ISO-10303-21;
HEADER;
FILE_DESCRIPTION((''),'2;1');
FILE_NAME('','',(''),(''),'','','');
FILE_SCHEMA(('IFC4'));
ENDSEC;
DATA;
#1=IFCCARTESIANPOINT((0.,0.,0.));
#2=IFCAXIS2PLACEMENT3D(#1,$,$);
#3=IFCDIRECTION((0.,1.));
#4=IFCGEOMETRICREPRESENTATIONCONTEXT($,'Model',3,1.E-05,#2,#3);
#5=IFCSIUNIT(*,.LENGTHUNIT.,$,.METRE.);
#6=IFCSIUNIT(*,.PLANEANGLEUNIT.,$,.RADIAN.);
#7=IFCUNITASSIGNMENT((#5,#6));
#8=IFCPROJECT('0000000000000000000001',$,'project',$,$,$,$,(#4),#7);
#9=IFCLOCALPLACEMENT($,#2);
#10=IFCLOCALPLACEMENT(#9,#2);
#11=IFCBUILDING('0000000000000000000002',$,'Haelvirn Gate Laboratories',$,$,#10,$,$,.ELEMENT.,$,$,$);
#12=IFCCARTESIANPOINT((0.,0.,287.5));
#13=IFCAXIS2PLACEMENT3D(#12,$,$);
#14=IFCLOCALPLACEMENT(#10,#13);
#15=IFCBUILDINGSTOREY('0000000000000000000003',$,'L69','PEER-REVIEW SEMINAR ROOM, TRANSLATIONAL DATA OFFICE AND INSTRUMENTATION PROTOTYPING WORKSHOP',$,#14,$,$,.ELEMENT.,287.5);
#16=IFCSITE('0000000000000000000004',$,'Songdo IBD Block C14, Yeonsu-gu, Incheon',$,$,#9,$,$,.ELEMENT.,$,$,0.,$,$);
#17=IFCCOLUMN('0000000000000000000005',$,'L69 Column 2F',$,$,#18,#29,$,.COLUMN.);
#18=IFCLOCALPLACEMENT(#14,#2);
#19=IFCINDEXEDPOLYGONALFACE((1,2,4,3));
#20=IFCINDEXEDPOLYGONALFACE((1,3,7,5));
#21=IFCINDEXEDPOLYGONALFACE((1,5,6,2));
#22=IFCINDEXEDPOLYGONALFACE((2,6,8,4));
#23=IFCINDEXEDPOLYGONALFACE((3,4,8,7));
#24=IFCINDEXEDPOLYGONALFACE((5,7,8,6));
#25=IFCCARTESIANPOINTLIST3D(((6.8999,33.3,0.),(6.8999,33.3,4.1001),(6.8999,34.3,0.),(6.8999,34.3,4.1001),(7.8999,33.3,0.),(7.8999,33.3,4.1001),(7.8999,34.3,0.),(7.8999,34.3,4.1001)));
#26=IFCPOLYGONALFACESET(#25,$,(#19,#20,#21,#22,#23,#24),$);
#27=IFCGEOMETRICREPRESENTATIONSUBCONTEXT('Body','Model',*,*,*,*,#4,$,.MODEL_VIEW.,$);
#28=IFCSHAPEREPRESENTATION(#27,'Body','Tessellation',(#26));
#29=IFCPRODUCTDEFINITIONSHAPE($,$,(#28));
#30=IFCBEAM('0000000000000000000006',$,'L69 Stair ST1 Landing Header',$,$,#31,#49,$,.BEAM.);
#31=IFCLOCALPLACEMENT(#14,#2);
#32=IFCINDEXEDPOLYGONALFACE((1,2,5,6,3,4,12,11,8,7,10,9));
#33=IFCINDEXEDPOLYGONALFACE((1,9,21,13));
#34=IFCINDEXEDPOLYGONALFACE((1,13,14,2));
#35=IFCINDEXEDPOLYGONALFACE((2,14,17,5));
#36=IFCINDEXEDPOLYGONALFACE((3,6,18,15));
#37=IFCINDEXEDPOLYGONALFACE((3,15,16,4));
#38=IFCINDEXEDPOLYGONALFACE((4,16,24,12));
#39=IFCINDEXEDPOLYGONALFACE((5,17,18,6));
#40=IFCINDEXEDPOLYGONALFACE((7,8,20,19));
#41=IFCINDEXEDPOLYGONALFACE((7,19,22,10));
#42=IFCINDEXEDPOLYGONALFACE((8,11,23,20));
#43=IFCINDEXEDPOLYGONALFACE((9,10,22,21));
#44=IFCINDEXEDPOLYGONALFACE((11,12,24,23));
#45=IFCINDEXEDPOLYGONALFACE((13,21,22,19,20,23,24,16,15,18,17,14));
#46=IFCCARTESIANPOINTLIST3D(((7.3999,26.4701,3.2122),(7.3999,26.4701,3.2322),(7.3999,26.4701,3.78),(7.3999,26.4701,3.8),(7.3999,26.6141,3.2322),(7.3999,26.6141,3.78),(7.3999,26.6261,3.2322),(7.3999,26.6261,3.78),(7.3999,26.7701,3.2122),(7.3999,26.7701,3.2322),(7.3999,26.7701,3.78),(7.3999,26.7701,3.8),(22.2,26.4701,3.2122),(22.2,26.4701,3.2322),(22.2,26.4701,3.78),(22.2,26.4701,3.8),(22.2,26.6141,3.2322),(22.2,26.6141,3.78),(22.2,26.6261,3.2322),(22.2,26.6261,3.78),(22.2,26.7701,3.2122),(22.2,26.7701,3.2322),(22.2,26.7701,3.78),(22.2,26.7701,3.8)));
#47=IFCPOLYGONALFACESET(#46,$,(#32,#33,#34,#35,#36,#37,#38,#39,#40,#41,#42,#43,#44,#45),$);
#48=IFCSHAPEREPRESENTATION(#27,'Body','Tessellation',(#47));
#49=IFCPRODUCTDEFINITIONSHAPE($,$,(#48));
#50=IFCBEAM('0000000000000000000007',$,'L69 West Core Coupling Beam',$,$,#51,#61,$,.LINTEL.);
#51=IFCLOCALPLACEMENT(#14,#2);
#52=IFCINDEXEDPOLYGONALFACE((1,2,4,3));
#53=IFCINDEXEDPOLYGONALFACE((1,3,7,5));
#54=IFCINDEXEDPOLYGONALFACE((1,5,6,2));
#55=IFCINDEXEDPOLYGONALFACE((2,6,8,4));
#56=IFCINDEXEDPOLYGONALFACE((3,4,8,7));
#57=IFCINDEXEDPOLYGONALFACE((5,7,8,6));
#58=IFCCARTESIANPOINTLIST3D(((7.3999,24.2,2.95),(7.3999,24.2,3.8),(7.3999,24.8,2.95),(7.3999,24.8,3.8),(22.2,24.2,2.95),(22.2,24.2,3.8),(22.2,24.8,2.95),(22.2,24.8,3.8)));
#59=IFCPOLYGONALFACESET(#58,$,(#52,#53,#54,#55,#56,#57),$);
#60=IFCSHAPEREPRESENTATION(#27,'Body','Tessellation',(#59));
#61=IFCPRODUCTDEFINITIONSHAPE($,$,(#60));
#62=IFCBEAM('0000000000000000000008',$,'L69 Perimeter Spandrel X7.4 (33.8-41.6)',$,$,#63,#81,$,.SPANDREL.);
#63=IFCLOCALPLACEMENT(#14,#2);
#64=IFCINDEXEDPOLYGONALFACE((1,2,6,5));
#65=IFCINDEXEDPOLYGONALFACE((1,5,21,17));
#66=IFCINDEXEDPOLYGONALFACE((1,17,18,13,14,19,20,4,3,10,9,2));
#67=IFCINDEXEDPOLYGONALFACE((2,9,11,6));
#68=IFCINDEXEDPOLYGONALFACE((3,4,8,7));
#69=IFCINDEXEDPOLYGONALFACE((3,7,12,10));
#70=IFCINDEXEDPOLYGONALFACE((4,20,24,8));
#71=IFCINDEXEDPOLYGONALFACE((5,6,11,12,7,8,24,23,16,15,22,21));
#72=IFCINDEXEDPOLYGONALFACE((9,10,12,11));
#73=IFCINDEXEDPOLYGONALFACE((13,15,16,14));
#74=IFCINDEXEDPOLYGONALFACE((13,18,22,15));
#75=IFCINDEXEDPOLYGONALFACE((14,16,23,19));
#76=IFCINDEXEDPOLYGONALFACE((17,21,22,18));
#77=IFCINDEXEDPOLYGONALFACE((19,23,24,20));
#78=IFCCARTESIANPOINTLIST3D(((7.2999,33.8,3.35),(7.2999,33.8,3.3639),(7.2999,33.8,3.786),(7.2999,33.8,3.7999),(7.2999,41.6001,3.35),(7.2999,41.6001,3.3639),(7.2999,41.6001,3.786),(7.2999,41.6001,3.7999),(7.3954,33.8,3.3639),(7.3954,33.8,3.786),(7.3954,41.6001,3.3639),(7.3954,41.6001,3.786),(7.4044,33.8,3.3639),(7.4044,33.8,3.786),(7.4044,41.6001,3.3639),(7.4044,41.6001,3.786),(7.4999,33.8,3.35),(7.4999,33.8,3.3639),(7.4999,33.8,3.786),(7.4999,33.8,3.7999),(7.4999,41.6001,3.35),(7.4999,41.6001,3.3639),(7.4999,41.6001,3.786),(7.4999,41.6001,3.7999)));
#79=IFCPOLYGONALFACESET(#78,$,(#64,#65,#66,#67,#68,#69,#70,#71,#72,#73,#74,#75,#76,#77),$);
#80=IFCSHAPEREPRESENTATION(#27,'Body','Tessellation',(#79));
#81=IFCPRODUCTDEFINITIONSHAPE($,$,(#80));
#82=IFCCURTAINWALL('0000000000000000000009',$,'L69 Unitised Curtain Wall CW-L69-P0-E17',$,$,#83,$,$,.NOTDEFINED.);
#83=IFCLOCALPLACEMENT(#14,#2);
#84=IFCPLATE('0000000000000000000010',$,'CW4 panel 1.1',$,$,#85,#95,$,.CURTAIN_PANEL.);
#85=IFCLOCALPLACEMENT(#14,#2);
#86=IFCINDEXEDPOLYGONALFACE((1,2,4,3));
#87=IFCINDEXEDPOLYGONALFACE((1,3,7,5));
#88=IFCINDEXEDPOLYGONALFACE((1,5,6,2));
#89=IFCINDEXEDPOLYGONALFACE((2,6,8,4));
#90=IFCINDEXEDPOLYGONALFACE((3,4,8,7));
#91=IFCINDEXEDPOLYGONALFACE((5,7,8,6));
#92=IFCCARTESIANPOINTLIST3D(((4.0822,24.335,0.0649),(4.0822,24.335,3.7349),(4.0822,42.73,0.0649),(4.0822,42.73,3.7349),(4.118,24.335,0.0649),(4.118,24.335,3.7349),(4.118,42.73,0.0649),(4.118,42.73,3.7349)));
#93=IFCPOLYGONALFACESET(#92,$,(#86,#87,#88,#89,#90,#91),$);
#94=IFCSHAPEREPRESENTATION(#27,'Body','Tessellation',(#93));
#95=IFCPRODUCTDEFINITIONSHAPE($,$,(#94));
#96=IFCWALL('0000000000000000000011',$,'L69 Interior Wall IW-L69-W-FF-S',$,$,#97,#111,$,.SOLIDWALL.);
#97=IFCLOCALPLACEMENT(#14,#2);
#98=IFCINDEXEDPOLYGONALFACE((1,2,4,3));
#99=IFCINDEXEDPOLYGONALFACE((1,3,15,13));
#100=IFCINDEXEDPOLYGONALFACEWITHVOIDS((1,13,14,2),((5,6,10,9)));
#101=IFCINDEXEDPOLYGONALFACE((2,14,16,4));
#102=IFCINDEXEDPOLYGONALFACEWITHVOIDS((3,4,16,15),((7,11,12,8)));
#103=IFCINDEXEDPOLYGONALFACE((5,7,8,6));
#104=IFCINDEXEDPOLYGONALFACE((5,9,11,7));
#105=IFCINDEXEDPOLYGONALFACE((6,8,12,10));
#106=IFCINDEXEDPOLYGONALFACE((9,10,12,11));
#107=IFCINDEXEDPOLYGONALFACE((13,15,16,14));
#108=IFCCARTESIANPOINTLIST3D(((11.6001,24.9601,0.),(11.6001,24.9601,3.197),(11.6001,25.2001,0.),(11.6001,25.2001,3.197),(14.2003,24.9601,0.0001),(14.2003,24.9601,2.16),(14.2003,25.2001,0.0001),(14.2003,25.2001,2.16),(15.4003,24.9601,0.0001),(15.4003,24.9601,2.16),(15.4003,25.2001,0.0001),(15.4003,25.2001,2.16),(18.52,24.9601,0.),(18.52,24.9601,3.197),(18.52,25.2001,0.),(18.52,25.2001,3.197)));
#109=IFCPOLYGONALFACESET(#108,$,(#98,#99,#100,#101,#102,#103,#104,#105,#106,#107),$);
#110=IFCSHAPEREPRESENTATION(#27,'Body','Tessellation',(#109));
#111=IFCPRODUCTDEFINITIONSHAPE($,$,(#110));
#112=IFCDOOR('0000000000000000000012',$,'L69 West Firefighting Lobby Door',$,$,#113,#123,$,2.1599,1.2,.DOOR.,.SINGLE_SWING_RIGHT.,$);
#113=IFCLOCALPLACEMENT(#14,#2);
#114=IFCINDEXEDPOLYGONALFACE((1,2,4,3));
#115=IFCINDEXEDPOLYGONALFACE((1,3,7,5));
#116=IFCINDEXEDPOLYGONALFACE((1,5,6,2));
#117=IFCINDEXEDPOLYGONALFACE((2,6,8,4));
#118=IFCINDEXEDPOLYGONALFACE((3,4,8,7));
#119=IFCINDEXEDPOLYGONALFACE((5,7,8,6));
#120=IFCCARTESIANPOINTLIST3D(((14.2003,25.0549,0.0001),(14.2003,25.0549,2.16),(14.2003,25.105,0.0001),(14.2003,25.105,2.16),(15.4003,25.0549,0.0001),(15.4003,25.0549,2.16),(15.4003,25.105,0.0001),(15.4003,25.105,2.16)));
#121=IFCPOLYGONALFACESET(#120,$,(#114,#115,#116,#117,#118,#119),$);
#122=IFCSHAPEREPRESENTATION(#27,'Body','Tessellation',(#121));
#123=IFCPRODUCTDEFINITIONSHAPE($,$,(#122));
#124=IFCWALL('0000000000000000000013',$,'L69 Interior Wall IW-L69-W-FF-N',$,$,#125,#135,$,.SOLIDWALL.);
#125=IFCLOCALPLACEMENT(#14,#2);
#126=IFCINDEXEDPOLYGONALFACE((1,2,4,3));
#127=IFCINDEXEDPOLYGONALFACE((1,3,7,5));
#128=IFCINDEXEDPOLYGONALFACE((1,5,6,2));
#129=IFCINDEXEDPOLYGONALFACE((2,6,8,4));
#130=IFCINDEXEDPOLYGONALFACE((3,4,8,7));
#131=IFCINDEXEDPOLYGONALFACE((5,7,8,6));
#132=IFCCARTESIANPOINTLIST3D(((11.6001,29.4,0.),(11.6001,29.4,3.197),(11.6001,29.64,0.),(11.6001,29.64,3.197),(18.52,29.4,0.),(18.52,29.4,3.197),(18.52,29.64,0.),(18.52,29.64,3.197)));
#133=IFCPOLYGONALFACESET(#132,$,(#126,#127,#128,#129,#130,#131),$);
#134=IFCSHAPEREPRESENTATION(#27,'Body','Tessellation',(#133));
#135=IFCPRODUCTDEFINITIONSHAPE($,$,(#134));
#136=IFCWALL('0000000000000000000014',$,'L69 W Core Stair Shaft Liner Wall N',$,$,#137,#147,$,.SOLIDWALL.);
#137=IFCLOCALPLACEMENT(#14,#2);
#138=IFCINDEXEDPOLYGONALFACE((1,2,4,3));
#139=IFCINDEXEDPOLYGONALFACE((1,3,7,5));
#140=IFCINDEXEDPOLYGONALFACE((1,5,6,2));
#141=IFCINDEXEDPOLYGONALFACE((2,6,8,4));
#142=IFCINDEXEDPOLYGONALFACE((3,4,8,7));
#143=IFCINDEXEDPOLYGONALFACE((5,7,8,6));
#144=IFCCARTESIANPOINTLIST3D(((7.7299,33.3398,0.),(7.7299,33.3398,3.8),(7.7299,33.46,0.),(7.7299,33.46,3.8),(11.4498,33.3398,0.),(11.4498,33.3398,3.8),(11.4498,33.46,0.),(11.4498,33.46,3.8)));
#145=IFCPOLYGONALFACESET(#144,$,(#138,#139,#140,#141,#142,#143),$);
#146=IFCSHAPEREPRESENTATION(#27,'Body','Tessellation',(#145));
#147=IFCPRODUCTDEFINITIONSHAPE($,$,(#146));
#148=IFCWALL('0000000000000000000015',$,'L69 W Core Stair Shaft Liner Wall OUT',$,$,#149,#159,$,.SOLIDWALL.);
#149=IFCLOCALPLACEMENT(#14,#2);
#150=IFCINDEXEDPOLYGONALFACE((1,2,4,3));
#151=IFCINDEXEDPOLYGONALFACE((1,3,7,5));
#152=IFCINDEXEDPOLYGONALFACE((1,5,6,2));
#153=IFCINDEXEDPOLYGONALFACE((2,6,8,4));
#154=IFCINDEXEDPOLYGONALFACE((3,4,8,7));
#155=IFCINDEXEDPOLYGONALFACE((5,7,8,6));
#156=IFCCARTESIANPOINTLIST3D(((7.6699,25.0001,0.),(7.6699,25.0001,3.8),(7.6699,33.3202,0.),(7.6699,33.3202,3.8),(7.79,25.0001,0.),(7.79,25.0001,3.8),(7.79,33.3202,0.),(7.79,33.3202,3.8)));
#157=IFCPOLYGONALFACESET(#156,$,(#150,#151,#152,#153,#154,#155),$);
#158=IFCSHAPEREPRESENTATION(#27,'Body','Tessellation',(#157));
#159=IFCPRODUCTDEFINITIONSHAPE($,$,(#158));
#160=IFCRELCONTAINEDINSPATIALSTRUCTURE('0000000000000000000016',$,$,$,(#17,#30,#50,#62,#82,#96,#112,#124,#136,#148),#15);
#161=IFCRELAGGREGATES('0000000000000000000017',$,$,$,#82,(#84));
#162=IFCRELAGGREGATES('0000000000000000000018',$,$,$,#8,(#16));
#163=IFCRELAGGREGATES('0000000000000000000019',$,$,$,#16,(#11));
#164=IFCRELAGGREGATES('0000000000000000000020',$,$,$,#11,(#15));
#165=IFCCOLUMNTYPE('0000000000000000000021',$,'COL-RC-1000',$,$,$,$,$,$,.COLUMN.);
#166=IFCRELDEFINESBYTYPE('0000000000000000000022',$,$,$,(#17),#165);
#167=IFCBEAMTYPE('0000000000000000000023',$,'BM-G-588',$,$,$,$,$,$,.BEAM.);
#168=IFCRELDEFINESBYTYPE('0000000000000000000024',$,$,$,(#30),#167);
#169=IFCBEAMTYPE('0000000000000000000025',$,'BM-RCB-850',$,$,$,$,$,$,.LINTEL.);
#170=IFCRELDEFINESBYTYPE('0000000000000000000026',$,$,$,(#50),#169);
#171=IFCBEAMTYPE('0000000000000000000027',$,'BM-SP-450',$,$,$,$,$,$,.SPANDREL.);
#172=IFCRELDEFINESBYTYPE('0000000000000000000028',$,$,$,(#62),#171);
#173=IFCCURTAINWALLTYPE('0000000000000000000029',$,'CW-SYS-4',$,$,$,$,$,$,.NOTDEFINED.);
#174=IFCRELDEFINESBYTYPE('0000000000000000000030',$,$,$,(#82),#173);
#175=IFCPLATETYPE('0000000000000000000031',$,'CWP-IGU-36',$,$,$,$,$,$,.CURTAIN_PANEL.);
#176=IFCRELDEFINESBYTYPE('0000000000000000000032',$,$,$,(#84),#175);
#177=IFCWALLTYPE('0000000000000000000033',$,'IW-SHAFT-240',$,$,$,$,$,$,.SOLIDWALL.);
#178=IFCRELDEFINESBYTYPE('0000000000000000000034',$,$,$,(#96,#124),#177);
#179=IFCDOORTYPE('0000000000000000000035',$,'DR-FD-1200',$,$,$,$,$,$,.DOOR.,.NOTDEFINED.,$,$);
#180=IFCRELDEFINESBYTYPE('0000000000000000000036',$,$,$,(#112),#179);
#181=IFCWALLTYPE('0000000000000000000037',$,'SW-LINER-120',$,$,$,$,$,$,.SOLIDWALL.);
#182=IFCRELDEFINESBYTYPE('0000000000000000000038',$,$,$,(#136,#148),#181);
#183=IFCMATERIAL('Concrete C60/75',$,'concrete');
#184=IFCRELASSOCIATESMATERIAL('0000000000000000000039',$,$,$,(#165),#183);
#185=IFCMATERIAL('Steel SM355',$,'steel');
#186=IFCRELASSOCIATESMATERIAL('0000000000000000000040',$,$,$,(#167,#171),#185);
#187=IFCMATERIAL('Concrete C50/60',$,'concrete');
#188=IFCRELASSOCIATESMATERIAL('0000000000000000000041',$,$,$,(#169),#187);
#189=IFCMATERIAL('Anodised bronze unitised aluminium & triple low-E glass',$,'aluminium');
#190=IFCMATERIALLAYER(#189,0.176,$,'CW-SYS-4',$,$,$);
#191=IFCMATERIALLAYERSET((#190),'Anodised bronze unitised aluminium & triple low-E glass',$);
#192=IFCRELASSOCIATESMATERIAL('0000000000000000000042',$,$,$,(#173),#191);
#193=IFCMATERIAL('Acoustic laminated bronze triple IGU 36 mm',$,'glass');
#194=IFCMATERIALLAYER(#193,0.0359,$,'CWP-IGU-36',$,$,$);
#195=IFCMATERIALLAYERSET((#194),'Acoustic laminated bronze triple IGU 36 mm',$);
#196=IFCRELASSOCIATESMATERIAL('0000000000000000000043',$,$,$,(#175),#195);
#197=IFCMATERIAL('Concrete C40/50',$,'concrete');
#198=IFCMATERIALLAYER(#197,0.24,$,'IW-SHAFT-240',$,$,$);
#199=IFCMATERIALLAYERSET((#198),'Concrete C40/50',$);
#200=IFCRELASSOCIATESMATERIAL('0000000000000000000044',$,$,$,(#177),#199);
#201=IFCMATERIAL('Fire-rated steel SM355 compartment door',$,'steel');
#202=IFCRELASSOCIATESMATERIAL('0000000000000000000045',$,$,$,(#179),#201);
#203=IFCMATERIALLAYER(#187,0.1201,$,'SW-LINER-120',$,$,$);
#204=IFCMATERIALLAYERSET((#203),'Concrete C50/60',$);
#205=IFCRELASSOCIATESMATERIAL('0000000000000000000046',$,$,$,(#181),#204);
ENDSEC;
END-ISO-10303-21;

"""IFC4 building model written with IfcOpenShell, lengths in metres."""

from ifc_helpers import new_model, si_unit, direction, frame, frame_2d, origin, origin_2d, place, context, subcontext, project, spatial, rectangle, i_section, extrude, source, transform, mapped, material, layer, layer_set, material_profile, profile_set, type_object, type_shapes, element, fill, aggregate, save


model = new_model("IFC4")

# Units and contexts
model_context = context("Model", 3, precision=1e-05, world=origin(), true_north=direction((0.0, 1.0)))
body_context = subcontext(model_context, "Body", "Model", "MODEL_VIEW")
ifc_project = project(units=[si_unit("LENGTHUNIT", "METRE"), si_unit("PLANEANGLEUNIT", "RADIAN")], contexts=[model_context])

# Site, building, storey
site_placement = place(None, origin())
site = spatial("IfcSite", under=ifc_project, at=site_placement, Name="Songdo IBD Block C14, Yeonsu-gu, Incheon", CompositionType="ELEMENT", RefElevation=0.0)
building_placement = place(site_placement, origin())
building = spatial("IfcBuilding", under=site, at=building_placement, Name="Haelvirn Gate Laboratories", CompositionType="ELEMENT")
storey_placement = place(building_placement, frame((0.0, 0.0, 287.5)))
storey = spatial("IfcBuildingStorey", under=building, at=storey_placement, Name="L69", Description="PEER-REVIEW SEMINAR ROOM, TRANSLATIONAL DATA OFFICE AND INSTRUMENTATION PROTOTYPING WORKSHOP", CompositionType="ELEMENT", Elevation=287.5)

# Column
ifc_material_1 = material(Name="Concrete C60/75", Category="concrete")
ifc_material_profile_1 = material_profile(ifc_material_1, rectangle(XDim=1.0, YDim=1.0, at=origin_2d()), Name="RC-1000x1000")
ifc_profile_set_1 = profile_set([ifc_material_profile_1], Name="Concrete C60/75")
column_type = type_object("IfcColumnType", Name="COL-RC-1000", PredefinedType="COLUMN", material=ifc_profile_set_1)
shared_shape_1 = source(origin(), body_context, "Body", "SweptSolid", [
    extrude(rectangle(XDim=1.0, YDim=1.0, at=origin_2d()), origin(), (0.0, 0.0, 1.0), 4.1001),
])
type_shapes(column_type, [shared_shape_1])
column_placement = place(storey_placement, frame((7.3999, 33.8, 0.0), z_axis=(0.0, 0.0, 1.0), x_axis=(1.0, 0.0, 0.0)))
element("IfcColumn", 1, at=column_placement, inside=storey, type_object=column_type, Name="L69 Column 2F", PredefinedType="COLUMN", context=body_context, shape_type="MappedRepresentation", body=[
    mapped(shared_shape_1, transform((0.0, 0.0, 0.0), scale=1.0)),
])

# Beams
ifc_material_2 = material(Name="Steel SM355", Category="steel")
ifc_material_profile_2 = material_profile(ifc_material_2, i_section(OverallWidth=0.3, OverallDepth=0.5879, WebThickness=0.012, FlangeThickness=0.02, at=origin_2d()), Name="H-588x300x12x20")
ifc_profile_set_2 = profile_set([ifc_material_profile_2], Name="Steel SM355")
beam_type_1 = type_object("IfcBeamType", Name="BM-G-588", PredefinedType="BEAM", material=ifc_profile_set_2)
shared_shape_2 = source(origin(), body_context, "Body", "SweptSolid", [
    extrude(i_section(OverallWidth=0.3, OverallDepth=0.5879, WebThickness=0.012, FlangeThickness=0.02, at=origin_2d()), origin(), (0.0, 0.0, 1.0), 14.8),
])
type_shapes(beam_type_1, [shared_shape_2])
beam_1_placement = place(storey_placement, frame((7.3999, 26.6201, 3.5061), z_axis=(1.0, 0.0, 0.0), x_axis=(0.0, 1.0, 0.0)))
element("IfcBeam", 2, at=beam_1_placement, inside=storey, type_object=beam_type_1, Name="L69 Stair ST1 Landing Header", PredefinedType="BEAM", context=body_context, shape_type="MappedRepresentation", body=[
    mapped(shared_shape_2, transform((0.0, 0.0, 0.0), scale=1.0)),
])
ifc_material_3 = material(Name="Concrete C50/60", Category="concrete")
ifc_material_profile_3 = material_profile(ifc_material_3, rectangle(XDim=0.6001, YDim=0.8501, at=origin_2d()), Name="RCB-600x850")
ifc_profile_set_3 = profile_set([ifc_material_profile_3], Name="Concrete C50/60")
beam_type_2 = type_object("IfcBeamType", Name="BM-RCB-850", PredefinedType="LINTEL", material=ifc_profile_set_3)
shared_shape_3 = source(origin(), body_context, "Body", "SweptSolid", [
    extrude(rectangle(XDim=0.6001, YDim=0.8501, at=origin_2d()), origin(), (0.0, 0.0, 1.0), 14.8),
])
type_shapes(beam_type_2, [shared_shape_3])
beam_2_placement = place(storey_placement, frame((7.3999, 24.5, 3.375), z_axis=(1.0, 0.0, 0.0), x_axis=(0.0, 1.0, 0.0)))
element("IfcBeam", 3, at=beam_2_placement, inside=storey, type_object=beam_type_2, Name="L69 West Core Coupling Beam", PredefinedType="LINTEL", context=body_context, shape_type="MappedRepresentation", body=[
    mapped(shared_shape_3, transform((0.0, 0.0, 0.0), scale=1.0)),
])
ifc_material_profile_4 = material_profile(ifc_material_2, i_section(OverallWidth=0.2, OverallDepth=0.45, WebThickness=0.009, FlangeThickness=0.0139, at=origin_2d()), Name="H-450x200x9x14")
ifc_profile_set_4 = profile_set([ifc_material_profile_4], Name="Steel SM355")
beam_type_3 = type_object("IfcBeamType", Name="BM-SP-450", PredefinedType="SPANDREL", material=ifc_profile_set_4)
shared_shape_4 = source(origin(), body_context, "Body", "SweptSolid", [
    extrude(i_section(OverallWidth=0.2, OverallDepth=0.45, WebThickness=0.009, FlangeThickness=0.0139, at=origin_2d()), origin(), (0.0, 0.0, 1.0), 7.8),
])
type_shapes(beam_type_3, [shared_shape_4])
beam_3_placement = place(storey_placement, frame((7.3999, 33.8, 3.575), z_axis=(0.0, 1.0, 0.0), x_axis=(-1.0, 0.0, 0.0)))
element("IfcBeam", 4, at=beam_3_placement, inside=storey, type_object=beam_type_3, Name="L69 Perimeter Spandrel X7.4 (33.8-41.6)", PredefinedType="SPANDREL", context=body_context, shape_type="MappedRepresentation", body=[
    mapped(shared_shape_4, transform((0.0, 0.0, 0.0), scale=1.0)),
])

# Curtain wall, plate
ifc_material_4 = material(Name="Anodised bronze unitised aluminium & triple low-E glass", Category="aluminium")
ifc_layer_1 = layer(ifc_material_4, 0.176, Name="CW-SYS-4")
ifc_layer_set_1 = layer_set([ifc_layer_1], Name="Anodised bronze unitised aluminium & triple low-E glass")
curtain_wall_type = type_object("IfcCurtainWallType", Name="CW-SYS-4", PredefinedType="NOTDEFINED", material=ifc_layer_set_1)
curtain_wall_placement = place(storey_placement, origin())
curtain_wall = element("IfcCurtainWall", 5, at=curtain_wall_placement, inside=storey, type_object=curtain_wall_type, Name="L69 Unitised Curtain Wall CW-L69-P0-E17", PredefinedType="NOTDEFINED")
ifc_material_5 = material(Name="Acoustic laminated bronze triple IGU 36 mm", Category="glass")
ifc_layer_2 = layer(ifc_material_5, 0.0359, Name="CWP-IGU-36")
ifc_layer_set_2 = layer_set([ifc_layer_2], Name="Acoustic laminated bronze triple IGU 36 mm")
plate_type = type_object("IfcPlateType", Name="CWP-IGU-36", PredefinedType="CURTAIN_PANEL", material=ifc_layer_set_2)
shared_shape_5 = source(origin(), body_context, "Body", "SweptSolid", [
    extrude(rectangle(XDim=18.395, YDim=0.0359, at=origin_2d()), origin(), (0.0, 0.0, 1.0), 3.6699),
])
type_shapes(plate_type, [shared_shape_5])
plate_placement = place(storey_placement, frame((4.1001, 33.5325, 0.0649), z_axis=(0.0, 0.0, 1.0), x_axis=(0.0, -1.0, 0.0)))
plate = element("IfcPlate", 6, at=plate_placement, type_object=plate_type, Name="CW4 panel 1.1", PredefinedType="CURTAIN_PANEL", context=body_context, shape_type="MappedRepresentation", body=[
    mapped(shared_shape_5, transform((0.0, 0.0, 0.0), scale=1.0)),
])
aggregate(curtain_wall, [plate])

# Wall, opening, door
ifc_material_6 = material(Name="Concrete C40/50", Category="concrete")
ifc_layer_3 = layer(ifc_material_6, 0.24, Name="IW-SHAFT-240")
ifc_layer_set_3 = layer_set([ifc_layer_3], Name="Concrete C40/50")
wall_type_1 = type_object("IfcWallType", Name="IW-SHAFT-240", PredefinedType="SOLIDWALL", material=ifc_layer_set_3)
wall_1_placement = place(storey_placement, frame((11.6001, 25.0801, 0.0), z_axis=(0.0, 0.0, 1.0), x_axis=(1.0, 0.0, 0.0)))
wall_1 = element("IfcWall", 7, at=wall_1_placement, inside=storey, type_object=wall_type_1, Name="L69 Interior Wall IW-L69-W-FF-S", PredefinedType="SOLIDWALL", context=body_context, shape_type="SweptSolid", body=[
    extrude(rectangle(XDim=6.9199, YDim=0.24, at=frame_2d((3.46, 0.0))), origin(), (0.0, 0.0, 1.0), 3.197),
])
opening_1_placement = place(wall_1_placement, frame((2.6001, 0.0, 0.0)))
opening_1 = element("IfcOpeningElement", 8, at=opening_1_placement, cuts=wall_1, PredefinedType="OPENING", context=body_context, shape_type="SweptSolid", body=[
    extrude(rectangle(XDim=1.2, YDim=2.1599, at=frame_2d((0.6001, 1.0801))), frame((0.0, 0.1299, 0.0), z_axis=(0.0, -1.0, 0.0), x_axis=(1.0, 0.0, 0.0)), (0.0, 0.0, 1.0), 0.26),
])
ifc_material_7 = material(Name="Fire-rated steel SM355 compartment door", Category="steel")
door_type_1 = type_object("IfcDoorType", Name="DR-FD-1200", OperationType="NOTDEFINED", PredefinedType="DOOR", material=ifc_material_7)
shared_shape_6 = source(origin(), body_context, "Body", "SweptSolid", [
    extrude(rectangle(XDim=1.2, YDim=2.1599, at=frame_2d((0.6001, 1.0801))), frame((0.0, 0.0249, 0.0), z_axis=(0.0, -1.0, 0.0), x_axis=(1.0, 0.0, 0.0)), (0.0, 0.0, 1.0), 0.05),
])
type_shapes(door_type_1, [shared_shape_6])
door_1_placement = place(opening_1_placement, origin())
door_1 = element("IfcDoor", 9, at=door_1_placement, inside=storey, type_object=door_type_1, Name="L69 West Firefighting Lobby Door", OperationType="SINGLE_SWING_RIGHT", OverallHeight=2.1599, OverallWidth=1.2, PredefinedType="DOOR", context=body_context, shape_type="MappedRepresentation", body=[
    mapped(shared_shape_6, transform((0.0, 0.0, 0.0), scale=1.0)),
])
fill(opening_1, door_1)

# Wall
wall_2_placement = place(storey_placement, frame((11.6001, 29.52, 0.0), z_axis=(0.0, 0.0, 1.0), x_axis=(1.0, 0.0, 0.0)))
element("IfcWall", 10, at=wall_2_placement, inside=storey, type_object=wall_type_1, Name="L69 Interior Wall IW-L69-W-FF-N", PredefinedType="SOLIDWALL", context=body_context, shape_type="SweptSolid", body=[
    extrude(rectangle(XDim=6.9199, YDim=0.24, at=frame_2d((3.46, 0.0))), origin(), (0.0, 0.0, 1.0), 3.197),
])

# Walls
ifc_layer_4 = layer(ifc_material_3, 0.1201, Name="SW-LINER-120")
ifc_layer_set_4 = layer_set([ifc_layer_4], Name="Concrete C50/60")
wall_type_2 = type_object("IfcWallType", Name="SW-LINER-120", PredefinedType="SOLIDWALL", material=ifc_layer_set_4)
wall_3_placement = place(storey_placement, frame((7.73, 33.3999, 0.0), z_axis=(0.0, 0.0, 1.0), x_axis=(1.0, 0.0, 0.0)))
element("IfcWall", 11, at=wall_3_placement, inside=storey, type_object=wall_type_2, Name="L69 W Core Stair Shaft Liner Wall N", PredefinedType="SOLIDWALL", context=body_context, shape_type="SweptSolid", body=[
    extrude(rectangle(XDim=3.72, YDim=0.1201, at=frame_2d((1.8599, 0.0))), origin(), (0.0, 0.0, 1.0), 3.8),
])
wall_4_placement = place(storey_placement, frame((7.73, 25.0, 0.0), z_axis=(0.0, 0.0, 1.0), x_axis=(0.0, 1.0, 0.0)))
element("IfcWall", 12, at=wall_4_placement, inside=storey, type_object=wall_type_2, Name="L69 W Core Stair Shaft Liner Wall OUT", PredefinedType="SOLIDWALL", context=body_context, shape_type="SweptSolid", body=[
    extrude(rectangle(XDim=8.3201, YDim=0.1201, at=frame_2d((4.1602, 0.0))), origin(), (0.0, 0.0, 1.0), 3.8),
])

save(model, "model.ifc")
